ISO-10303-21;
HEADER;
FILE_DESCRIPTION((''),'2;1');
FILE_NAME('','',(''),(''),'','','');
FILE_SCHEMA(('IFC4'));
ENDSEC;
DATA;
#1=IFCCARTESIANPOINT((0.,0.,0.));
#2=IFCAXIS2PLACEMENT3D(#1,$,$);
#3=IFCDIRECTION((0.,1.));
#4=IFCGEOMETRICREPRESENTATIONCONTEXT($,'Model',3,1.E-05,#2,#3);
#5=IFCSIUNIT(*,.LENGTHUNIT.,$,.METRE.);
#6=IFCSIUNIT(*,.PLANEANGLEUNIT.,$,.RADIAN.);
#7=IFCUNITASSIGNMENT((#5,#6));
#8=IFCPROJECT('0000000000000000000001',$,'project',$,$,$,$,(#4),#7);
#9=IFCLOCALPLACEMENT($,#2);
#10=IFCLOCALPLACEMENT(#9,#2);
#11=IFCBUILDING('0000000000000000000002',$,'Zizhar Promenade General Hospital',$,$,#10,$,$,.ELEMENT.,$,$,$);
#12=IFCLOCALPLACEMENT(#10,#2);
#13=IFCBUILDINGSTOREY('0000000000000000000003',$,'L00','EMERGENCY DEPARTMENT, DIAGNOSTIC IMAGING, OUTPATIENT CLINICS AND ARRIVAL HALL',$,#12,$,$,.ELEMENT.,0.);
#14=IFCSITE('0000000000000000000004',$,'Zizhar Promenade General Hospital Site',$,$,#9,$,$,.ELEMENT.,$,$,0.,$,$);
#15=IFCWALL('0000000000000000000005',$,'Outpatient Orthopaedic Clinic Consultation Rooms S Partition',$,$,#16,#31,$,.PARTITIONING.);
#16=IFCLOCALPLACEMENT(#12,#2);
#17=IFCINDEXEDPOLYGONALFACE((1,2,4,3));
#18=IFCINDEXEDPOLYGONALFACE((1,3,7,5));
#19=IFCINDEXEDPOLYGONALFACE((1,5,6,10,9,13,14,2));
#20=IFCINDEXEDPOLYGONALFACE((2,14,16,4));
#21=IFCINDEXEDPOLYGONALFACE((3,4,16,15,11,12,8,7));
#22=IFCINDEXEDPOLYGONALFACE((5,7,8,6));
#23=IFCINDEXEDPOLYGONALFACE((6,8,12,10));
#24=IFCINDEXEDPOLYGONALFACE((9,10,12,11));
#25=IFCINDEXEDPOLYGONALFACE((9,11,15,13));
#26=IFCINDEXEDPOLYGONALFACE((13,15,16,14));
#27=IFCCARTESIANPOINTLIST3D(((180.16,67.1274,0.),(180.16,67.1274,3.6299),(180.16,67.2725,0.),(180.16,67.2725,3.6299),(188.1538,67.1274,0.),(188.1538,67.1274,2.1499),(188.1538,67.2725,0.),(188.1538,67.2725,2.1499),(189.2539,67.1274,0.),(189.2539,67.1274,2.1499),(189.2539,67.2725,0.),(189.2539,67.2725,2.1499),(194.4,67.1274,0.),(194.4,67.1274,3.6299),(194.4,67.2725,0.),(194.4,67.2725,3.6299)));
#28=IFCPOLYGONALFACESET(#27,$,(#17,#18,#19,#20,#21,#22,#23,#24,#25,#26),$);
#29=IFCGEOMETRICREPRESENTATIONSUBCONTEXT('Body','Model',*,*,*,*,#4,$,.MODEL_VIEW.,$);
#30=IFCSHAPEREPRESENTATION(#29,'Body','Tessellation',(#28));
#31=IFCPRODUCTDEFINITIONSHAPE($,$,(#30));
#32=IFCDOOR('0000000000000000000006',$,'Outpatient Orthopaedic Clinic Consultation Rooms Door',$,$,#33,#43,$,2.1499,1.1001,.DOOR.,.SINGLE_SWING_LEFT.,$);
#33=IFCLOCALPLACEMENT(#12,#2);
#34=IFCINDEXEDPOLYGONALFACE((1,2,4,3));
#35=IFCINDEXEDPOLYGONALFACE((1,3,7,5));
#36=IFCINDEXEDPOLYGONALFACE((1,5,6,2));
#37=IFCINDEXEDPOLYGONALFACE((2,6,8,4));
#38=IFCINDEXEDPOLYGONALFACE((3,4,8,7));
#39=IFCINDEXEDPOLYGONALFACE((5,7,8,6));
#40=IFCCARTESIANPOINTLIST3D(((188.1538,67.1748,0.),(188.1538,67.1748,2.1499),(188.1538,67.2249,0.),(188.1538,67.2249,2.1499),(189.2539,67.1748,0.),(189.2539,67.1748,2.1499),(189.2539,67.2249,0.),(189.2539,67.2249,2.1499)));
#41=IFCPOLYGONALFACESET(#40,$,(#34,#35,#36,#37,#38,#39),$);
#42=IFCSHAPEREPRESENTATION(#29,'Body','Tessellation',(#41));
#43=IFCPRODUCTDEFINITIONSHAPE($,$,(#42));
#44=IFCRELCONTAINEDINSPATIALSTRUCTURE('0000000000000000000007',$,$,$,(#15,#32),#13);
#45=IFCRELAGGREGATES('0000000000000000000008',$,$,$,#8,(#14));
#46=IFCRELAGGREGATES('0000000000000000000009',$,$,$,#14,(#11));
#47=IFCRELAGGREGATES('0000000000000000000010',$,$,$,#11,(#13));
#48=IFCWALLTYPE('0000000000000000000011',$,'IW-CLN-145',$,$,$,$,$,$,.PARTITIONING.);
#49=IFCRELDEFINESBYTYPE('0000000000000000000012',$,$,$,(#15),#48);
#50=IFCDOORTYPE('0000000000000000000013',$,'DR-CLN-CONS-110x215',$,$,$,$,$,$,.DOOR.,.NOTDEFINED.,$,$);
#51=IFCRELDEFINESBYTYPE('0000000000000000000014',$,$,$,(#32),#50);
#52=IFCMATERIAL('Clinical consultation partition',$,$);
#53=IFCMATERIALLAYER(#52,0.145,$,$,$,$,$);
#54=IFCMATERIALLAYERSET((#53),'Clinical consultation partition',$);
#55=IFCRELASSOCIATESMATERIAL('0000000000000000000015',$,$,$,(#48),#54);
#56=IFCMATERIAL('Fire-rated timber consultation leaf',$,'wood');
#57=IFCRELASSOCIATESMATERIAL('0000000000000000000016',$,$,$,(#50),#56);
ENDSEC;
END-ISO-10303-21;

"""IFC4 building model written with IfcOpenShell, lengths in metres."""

from ifc_helpers import new_model, si_unit, direction, frame, frame_2d, origin, place, context, subcontext, project, spatial, rectangle, extrude, material, layer, layer_set, type_object, element, fill, save


model = new_model("IFC4")

# Units and contexts
model_context = context("Model", 3, precision=1e-05, world=origin(), true_north=direction((0.0, 1.0)))
body_context = subcontext(model_context, "Body", "Model", "MODEL_VIEW")
ifc_project = project(units=[si_unit("LENGTHUNIT", "METRE"), si_unit("PLANEANGLEUNIT", "RADIAN")], contexts=[model_context])

# Site, building, storey
site_placement = place(None, origin())
site = spatial("IfcSite", under=ifc_project, at=site_placement, Name="Zizhar Promenade General Hospital Site", CompositionType="ELEMENT", RefElevation=0.0)
building_placement = place(site_placement, origin())
building = spatial("IfcBuilding", under=site, at=building_placement, Name="Zizhar Promenade General Hospital", CompositionType="ELEMENT")
storey_placement = place(building_placement, origin())
storey = spatial("IfcBuildingStorey", under=building, at=storey_placement, Name="L00", Description="EMERGENCY DEPARTMENT, DIAGNOSTIC IMAGING, OUTPATIENT CLINICS AND ARRIVAL HALL", CompositionType="ELEMENT", Elevation=0.0)

# Wall, opening, door
ifc_material_1 = material(Name="Clinical consultation partition")
ifc_layer_1 = layer(ifc_material_1, 0.145)
ifc_layer_set_1 = layer_set([ifc_layer_1], Name="Clinical consultation partition")
wall_type_1 = type_object("IfcWallType", Name="IW-CLN-145", PredefinedType="PARTITIONING", material=ifc_layer_set_1)
wall_1_placement = place(storey_placement, frame((180.1599, 67.2, 0.0), z_axis=(0.0, 0.0, 1.0), x_axis=(1.0, 0.0, 0.0)))
wall_1 = element("IfcWall", 1, at=wall_1_placement, inside=storey, type_object=wall_type_1, Name="Outpatient Orthopaedic Clinic Consultation Rooms S Partition", PredefinedType="PARTITIONING", context=body_context, shape_type="SweptSolid", body=[
    extrude(rectangle(XDim=14.24, YDim=0.145, at=frame_2d((7.1201, 0.0))), origin(), (0.0, 0.0, 1.0), 3.6299),
])
opening_1_placement = place(wall_1_placement, frame((7.9939, 0.0, 0.0)))
opening_1 = element("IfcOpeningElement", 2, at=opening_1_placement, cuts=wall_1, PredefinedType="OPENING", context=body_context, shape_type="SweptSolid", body=[
    extrude(rectangle(XDim=1.1001, YDim=2.1499, at=frame_2d((0.55, 1.075))), frame((0.0, 0.0825, 0.0), z_axis=(0.0, -1.0, 0.0), x_axis=(1.0, 0.0, 0.0)), (0.0, 0.0, 1.0), 0.165),
])
ifc_material_2 = material(Name="Fire-rated timber consultation leaf", Category="wood")
door_type_1 = type_object("IfcDoorType", Name="DR-CLN-CONS-110x215", OperationType="NOTDEFINED", PredefinedType="DOOR", material=ifc_material_2)
door_1_placement = place(opening_1_placement, origin())
door_1 = element("IfcDoor", 3, at=door_1_placement, inside=storey, type_object=door_type_1, Name="Outpatient Orthopaedic Clinic Consultation Rooms Door", OperationType="SINGLE_SWING_LEFT", OverallHeight=2.1499, OverallWidth=1.1001, PredefinedType="DOOR", context=body_context, shape_type="SweptSolid", body=[
    extrude(rectangle(XDim=1.1001, YDim=2.1499, at=frame_2d((0.55, 1.075))), frame((0.0, 0.0249, 0.0), z_axis=(0.0, -1.0, 0.0), x_axis=(1.0, 0.0, 0.0)), (0.0, 0.0, 1.0), 0.05),
])
fill(opening_1, door_1)

save(model, "model.ifc")
